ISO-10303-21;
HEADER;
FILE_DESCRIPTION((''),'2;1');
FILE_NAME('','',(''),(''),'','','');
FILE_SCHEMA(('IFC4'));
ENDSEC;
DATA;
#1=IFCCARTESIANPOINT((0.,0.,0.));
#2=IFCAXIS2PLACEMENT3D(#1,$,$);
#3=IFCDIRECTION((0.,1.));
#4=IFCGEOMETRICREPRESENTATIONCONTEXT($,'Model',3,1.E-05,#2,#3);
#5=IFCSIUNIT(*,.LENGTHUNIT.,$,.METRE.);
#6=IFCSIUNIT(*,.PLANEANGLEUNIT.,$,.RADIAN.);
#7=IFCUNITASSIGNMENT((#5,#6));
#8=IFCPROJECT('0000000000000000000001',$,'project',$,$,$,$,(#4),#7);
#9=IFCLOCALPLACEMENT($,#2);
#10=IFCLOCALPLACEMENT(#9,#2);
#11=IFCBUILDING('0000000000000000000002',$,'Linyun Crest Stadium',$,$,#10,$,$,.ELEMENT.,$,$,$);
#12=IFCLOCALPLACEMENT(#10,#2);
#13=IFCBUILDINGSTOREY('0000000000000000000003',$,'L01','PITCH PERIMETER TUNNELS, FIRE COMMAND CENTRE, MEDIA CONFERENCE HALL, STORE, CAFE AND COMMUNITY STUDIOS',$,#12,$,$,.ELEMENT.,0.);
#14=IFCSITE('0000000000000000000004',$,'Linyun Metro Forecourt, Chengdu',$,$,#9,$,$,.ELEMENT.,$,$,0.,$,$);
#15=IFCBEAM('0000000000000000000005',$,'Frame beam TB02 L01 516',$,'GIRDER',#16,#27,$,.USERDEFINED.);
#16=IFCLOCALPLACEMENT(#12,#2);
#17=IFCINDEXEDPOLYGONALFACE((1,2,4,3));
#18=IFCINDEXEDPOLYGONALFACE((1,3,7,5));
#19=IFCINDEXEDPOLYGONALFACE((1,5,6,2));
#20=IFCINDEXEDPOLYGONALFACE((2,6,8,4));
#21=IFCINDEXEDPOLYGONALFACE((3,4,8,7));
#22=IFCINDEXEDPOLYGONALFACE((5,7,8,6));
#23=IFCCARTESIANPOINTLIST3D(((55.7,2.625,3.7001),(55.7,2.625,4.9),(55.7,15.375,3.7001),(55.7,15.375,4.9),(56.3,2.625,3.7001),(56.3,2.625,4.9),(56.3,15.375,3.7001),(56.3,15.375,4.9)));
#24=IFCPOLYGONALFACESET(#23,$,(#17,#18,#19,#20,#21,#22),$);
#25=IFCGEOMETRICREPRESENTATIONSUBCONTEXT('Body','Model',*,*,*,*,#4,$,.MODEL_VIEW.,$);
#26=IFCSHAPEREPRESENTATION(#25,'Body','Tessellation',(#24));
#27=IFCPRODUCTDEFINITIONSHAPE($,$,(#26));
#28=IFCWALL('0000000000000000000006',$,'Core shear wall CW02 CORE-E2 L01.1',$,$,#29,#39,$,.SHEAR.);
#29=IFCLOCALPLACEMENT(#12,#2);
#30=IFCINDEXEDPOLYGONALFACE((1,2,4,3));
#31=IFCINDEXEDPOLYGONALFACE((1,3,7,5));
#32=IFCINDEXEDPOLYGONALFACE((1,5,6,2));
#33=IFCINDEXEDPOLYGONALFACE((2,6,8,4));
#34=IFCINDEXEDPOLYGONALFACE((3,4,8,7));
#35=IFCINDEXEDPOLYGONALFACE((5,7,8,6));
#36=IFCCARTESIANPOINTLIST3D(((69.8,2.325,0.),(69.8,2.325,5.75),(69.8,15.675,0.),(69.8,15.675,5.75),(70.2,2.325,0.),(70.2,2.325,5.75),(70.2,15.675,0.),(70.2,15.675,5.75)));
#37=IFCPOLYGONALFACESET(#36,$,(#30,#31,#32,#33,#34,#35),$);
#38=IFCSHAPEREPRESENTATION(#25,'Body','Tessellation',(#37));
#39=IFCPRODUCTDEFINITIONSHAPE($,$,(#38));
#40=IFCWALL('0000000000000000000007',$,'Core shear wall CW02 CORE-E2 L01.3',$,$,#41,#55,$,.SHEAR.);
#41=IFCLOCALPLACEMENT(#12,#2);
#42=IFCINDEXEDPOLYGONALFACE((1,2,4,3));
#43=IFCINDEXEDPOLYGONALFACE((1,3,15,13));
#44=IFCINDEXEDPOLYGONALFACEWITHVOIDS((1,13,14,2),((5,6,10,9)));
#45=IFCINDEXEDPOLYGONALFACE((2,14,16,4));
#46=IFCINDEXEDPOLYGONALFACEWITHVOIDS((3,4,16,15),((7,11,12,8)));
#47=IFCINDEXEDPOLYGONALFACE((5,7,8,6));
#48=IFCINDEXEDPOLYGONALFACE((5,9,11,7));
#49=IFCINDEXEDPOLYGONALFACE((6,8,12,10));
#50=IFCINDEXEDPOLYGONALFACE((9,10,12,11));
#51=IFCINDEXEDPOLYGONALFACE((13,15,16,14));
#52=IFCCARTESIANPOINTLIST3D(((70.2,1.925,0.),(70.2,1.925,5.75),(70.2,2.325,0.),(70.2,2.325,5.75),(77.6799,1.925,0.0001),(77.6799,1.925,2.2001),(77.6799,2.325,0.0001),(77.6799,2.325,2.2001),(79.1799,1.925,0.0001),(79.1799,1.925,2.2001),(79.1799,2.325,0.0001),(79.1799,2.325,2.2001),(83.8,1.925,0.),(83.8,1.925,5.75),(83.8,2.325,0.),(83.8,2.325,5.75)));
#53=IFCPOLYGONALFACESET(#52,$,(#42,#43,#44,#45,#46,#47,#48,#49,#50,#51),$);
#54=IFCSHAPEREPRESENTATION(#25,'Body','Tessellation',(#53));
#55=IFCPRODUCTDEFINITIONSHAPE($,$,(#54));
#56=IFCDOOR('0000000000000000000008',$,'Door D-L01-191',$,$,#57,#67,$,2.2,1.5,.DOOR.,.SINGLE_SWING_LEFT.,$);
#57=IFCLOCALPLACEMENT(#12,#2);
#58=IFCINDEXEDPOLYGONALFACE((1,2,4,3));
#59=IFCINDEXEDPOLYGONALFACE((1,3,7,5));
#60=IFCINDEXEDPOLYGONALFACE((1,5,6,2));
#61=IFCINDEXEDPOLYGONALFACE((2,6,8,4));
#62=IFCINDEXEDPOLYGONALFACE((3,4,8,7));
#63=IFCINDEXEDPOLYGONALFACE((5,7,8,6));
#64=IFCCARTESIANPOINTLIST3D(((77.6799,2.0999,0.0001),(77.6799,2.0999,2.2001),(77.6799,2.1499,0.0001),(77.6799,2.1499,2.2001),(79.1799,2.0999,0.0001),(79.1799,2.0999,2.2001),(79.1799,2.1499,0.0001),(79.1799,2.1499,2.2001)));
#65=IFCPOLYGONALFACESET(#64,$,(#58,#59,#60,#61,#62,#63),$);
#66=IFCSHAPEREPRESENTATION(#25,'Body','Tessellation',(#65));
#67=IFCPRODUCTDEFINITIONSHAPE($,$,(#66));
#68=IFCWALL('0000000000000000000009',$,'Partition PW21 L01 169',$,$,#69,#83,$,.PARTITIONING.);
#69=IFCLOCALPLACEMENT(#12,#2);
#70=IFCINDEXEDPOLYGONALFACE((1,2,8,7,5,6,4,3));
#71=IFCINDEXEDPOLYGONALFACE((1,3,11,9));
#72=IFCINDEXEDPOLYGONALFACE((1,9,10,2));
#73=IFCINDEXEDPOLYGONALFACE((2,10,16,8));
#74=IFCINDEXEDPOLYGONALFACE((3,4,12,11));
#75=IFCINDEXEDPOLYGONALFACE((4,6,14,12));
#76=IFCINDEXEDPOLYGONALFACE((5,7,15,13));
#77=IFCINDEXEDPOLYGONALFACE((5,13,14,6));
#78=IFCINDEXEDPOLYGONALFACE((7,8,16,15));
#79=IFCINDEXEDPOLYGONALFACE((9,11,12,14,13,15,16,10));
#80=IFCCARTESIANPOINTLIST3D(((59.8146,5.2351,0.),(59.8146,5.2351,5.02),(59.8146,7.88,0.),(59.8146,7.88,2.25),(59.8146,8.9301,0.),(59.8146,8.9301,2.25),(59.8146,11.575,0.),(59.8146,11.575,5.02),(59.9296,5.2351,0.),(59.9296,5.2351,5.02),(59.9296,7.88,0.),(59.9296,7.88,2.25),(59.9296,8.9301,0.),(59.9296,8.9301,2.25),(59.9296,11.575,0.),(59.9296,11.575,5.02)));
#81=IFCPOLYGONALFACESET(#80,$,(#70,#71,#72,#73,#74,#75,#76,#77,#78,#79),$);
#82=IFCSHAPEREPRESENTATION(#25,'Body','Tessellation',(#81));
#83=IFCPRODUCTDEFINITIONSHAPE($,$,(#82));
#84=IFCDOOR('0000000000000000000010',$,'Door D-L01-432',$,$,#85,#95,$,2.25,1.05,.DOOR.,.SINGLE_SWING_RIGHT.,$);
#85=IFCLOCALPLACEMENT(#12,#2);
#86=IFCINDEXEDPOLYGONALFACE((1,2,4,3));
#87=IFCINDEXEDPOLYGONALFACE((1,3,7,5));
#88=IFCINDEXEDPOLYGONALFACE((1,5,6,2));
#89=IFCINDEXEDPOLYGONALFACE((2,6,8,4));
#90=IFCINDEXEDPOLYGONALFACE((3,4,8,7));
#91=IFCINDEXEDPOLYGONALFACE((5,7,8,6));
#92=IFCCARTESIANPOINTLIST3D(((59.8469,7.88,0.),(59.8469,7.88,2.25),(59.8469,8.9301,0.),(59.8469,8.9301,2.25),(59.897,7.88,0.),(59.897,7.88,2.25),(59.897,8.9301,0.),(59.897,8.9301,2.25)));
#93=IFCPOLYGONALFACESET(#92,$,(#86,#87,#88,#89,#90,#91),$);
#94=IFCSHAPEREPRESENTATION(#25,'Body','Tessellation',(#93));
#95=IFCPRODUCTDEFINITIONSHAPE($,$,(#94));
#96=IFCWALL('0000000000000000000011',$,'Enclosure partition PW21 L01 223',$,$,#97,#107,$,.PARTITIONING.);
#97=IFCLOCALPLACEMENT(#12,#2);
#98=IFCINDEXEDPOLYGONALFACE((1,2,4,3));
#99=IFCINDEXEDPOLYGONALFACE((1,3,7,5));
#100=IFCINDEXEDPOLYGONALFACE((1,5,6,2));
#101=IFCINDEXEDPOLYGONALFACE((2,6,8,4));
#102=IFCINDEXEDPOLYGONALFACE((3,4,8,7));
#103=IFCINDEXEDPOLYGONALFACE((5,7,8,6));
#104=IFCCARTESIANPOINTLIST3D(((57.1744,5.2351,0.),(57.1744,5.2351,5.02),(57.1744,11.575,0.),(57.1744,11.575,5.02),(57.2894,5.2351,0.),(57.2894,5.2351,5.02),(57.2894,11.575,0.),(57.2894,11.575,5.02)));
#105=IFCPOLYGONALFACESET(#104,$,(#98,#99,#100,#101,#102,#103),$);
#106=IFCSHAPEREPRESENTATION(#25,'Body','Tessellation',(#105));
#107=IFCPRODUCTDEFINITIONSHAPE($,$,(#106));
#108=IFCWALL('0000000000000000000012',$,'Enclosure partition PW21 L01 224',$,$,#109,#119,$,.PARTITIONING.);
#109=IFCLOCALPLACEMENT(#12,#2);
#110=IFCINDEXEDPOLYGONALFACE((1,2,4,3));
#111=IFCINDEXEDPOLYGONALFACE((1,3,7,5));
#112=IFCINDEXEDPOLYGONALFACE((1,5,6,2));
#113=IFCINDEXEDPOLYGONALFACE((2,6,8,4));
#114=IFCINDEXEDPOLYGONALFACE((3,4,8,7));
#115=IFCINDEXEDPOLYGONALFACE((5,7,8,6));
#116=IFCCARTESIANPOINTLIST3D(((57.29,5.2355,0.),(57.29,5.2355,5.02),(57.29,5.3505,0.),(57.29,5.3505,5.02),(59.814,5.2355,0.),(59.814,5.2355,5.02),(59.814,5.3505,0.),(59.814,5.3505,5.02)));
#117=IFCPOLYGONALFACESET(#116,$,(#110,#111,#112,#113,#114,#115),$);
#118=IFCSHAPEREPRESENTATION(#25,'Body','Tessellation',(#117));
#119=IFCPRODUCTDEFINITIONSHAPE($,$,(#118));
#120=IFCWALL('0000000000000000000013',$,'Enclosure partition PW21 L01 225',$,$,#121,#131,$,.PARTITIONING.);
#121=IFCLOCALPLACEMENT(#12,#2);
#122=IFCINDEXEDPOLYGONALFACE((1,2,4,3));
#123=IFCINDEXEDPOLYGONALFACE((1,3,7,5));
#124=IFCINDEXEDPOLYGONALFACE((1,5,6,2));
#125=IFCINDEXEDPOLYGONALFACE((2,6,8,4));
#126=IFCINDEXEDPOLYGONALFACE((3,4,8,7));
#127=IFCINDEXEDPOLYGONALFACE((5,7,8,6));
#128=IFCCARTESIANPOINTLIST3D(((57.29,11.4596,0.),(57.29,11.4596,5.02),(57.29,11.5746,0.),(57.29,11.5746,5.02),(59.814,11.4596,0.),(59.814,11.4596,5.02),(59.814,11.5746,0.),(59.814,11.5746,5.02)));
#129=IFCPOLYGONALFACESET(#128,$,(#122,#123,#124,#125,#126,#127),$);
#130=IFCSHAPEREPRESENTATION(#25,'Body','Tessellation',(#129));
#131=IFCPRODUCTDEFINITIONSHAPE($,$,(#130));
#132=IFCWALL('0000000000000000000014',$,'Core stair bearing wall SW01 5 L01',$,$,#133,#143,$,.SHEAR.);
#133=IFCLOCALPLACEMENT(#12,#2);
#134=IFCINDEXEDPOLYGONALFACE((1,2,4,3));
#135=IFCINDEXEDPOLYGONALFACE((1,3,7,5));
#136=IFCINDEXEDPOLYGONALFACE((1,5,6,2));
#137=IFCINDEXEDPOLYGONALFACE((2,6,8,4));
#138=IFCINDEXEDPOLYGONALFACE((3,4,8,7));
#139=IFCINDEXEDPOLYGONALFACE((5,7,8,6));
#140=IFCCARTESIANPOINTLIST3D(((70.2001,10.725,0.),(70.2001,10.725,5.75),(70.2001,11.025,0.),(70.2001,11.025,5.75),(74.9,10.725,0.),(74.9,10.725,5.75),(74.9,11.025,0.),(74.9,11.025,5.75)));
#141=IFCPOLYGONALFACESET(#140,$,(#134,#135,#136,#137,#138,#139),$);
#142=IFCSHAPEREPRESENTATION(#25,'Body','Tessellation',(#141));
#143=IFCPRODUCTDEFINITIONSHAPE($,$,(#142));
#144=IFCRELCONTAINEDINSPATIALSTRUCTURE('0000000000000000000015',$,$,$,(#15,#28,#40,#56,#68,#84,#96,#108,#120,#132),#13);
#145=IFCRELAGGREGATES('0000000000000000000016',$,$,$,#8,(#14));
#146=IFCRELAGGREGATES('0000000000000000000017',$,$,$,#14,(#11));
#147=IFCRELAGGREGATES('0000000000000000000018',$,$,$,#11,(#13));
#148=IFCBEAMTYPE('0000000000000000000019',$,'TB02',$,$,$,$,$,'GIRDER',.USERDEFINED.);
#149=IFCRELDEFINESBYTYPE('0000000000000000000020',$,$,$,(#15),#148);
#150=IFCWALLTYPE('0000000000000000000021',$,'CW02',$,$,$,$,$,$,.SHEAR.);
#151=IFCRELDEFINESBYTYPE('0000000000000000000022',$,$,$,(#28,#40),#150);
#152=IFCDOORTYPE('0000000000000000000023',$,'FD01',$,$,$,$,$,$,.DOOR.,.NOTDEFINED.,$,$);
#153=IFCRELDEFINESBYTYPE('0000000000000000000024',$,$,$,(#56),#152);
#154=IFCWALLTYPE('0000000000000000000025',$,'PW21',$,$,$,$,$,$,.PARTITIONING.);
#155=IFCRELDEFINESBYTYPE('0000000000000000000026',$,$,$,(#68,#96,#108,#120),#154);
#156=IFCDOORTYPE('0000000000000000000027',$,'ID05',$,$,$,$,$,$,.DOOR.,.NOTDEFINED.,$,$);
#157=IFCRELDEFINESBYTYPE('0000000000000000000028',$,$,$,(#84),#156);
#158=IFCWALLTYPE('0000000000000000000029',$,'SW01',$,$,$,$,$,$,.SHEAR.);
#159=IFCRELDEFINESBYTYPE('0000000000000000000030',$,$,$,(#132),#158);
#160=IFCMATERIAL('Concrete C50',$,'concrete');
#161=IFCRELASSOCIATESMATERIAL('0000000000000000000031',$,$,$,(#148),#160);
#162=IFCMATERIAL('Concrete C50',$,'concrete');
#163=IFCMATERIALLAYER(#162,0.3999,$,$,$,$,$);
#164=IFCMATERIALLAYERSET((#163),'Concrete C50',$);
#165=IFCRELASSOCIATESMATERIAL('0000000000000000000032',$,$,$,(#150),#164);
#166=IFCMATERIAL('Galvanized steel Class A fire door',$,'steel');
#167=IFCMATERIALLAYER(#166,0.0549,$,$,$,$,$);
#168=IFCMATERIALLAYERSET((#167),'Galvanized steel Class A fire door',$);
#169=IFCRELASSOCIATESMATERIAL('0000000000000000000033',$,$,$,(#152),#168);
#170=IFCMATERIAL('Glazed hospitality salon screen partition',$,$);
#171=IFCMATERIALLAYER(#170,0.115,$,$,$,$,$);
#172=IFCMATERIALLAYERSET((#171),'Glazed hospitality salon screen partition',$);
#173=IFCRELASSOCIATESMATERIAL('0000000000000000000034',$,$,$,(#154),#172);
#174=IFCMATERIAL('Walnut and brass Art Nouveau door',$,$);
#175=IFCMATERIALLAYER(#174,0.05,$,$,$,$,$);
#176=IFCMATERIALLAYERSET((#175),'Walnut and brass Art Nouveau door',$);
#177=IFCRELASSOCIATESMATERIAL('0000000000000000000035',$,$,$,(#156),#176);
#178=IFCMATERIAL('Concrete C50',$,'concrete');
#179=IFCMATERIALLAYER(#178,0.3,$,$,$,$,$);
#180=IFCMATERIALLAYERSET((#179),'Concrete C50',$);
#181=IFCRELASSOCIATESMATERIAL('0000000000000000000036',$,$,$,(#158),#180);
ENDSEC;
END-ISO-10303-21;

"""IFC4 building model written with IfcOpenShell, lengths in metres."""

from ifc_helpers import new_model, si_unit, direction, frame, frame_2d, origin, origin_2d, place, context, subcontext, project, spatial, rectangle, extrude, material, layer, layer_set, material_profile, profile_set, type_object, element, fill, save


model = new_model("IFC4")

# Units and contexts
model_context = context("Model", 3, precision=1e-05, world=origin(), true_north=direction((0.0, 1.0)))
body_context = subcontext(model_context, "Body", "Model", "MODEL_VIEW")
ifc_project = project(units=[si_unit("LENGTHUNIT", "METRE"), si_unit("PLANEANGLEUNIT", "RADIAN")], contexts=[model_context])

# Site, building, storey
site_placement = place(None, origin())
site = spatial("IfcSite", under=ifc_project, at=site_placement, Name="Linyun Metro Forecourt, Chengdu", CompositionType="ELEMENT", RefElevation=0.0)
building_placement = place(site_placement, origin())
building = spatial("IfcBuilding", under=site, at=building_placement, Name="Linyun Crest Stadium", CompositionType="ELEMENT")
storey_placement = place(building_placement, origin())
storey = spatial("IfcBuildingStorey", under=building, at=storey_placement, Name="L01", Description="PITCH PERIMETER TUNNELS, FIRE COMMAND CENTRE, MEDIA CONFERENCE HALL, STORE, CAFE AND COMMUNITY STUDIOS", CompositionType="ELEMENT", Elevation=0.0)

# Beam
ifc_material_1 = material(Name="Concrete C50", Category="concrete")
ifc_material_profile_1 = material_profile(ifc_material_1, rectangle(XDim=0.6001, YDim=1.2, at=origin_2d()), Name="RCB 1200x600")
ifc_profile_set_1 = profile_set([ifc_material_profile_1], Name="Concrete C50")
beam_type_1 = type_object("IfcBeamType", Name="TB02", ElementType="GIRDER", PredefinedType="USERDEFINED", material=ifc_profile_set_1)
beam_1_placement = place(storey_placement, frame((56.0, 2.625, 4.3), z_axis=(0.0, 1.0, 0.0), x_axis=(-1.0, 0.0, 0.0)))
element("IfcBeam", 1, at=beam_1_placement, inside=storey, type_object=beam_type_1, Name="Frame beam TB02 L01 516", ObjectType="GIRDER", PredefinedType="USERDEFINED", context=body_context, shape_type="SweptSolid", body=[
    extrude(rectangle(XDim=0.6001, YDim=1.2, at=origin_2d()), origin(), (0.0, 0.0, 1.0), 12.75),
])

# Wall
ifc_material_2 = material(Name="Concrete C50", Category="concrete")
ifc_layer_1 = layer(ifc_material_2, 0.3999)
ifc_layer_set_1 = layer_set([ifc_layer_1], Name="Concrete C50")
wall_type_1 = type_object("IfcWallType", Name="CW02", PredefinedType="SHEAR", material=ifc_layer_set_1)
wall_1_placement = place(storey_placement, frame((70.0, 2.325, 0.0), z_axis=(0.0, 0.0, 1.0), x_axis=(0.0, 1.0, 0.0)))
element("IfcWall", 2, at=wall_1_placement, inside=storey, type_object=wall_type_1, Name="Core shear wall CW02 CORE-E2 L01.1", PredefinedType="SHEAR", context=body_context, shape_type="SweptSolid", body=[
    extrude(rectangle(XDim=13.3501, YDim=0.3999, at=frame_2d((6.675, 0.0))), origin(), (0.0, 0.0, 1.0), 5.75),
])

# Walls, openings, doors
wall_2_placement = place(storey_placement, frame((70.2, 2.125, 0.0), z_axis=(0.0, 0.0, 1.0), x_axis=(1.0, 0.0, 0.0)))
wall_2 = element("IfcWall", 3, at=wall_2_placement, inside=storey, type_object=wall_type_1, Name="Core shear wall CW02 CORE-E2 L01.3", PredefinedType="SHEAR", context=body_context, shape_type="SweptSolid", body=[
    extrude(rectangle(XDim=13.6001, YDim=0.3999, at=frame_2d((6.8, 0.0))), origin(), (0.0, 0.0, 1.0), 5.75),
])
opening_1_placement = place(wall_2_placement, frame((7.48, 0.0, 0.0)))
opening_1 = element("IfcOpeningElement", 4, at=opening_1_placement, cuts=wall_2, PredefinedType="OPENING", context=body_context, shape_type="SweptSolid", body=[
    extrude(rectangle(XDim=1.5, YDim=2.2, at=frame_2d((0.75, 1.1001))), frame((0.0, 0.21, 0.0), z_axis=(0.0, -1.0, 0.0), x_axis=(1.0, 0.0, 0.0)), (0.0, 0.0, 1.0), 0.4199),
])
ifc_material_3 = material(Name="Galvanized steel Class A fire door", Category="steel")
ifc_layer_2 = layer(ifc_material_3, 0.0549)
ifc_layer_set_2 = layer_set([ifc_layer_2], Name="Galvanized steel Class A fire door")
door_type_1 = type_object("IfcDoorType", Name="FD01", OperationType="NOTDEFINED", PredefinedType="DOOR", material=ifc_layer_set_2)
door_1_placement = place(opening_1_placement, origin())
door_1 = element("IfcDoor", 5, at=door_1_placement, inside=storey, type_object=door_type_1, Name="Door D-L01-191", OperationType="SINGLE_SWING_LEFT", OverallHeight=2.2, OverallWidth=1.5, PredefinedType="DOOR", context=body_context, shape_type="SweptSolid", body=[
    extrude(rectangle(XDim=1.5, YDim=2.2, at=frame_2d((0.75, 1.1001))), frame((0.0, 0.0249, 0.0), z_axis=(0.0, -1.0, 0.0), x_axis=(1.0, 0.0, 0.0)), (0.0, 0.0, 1.0), 0.05),
])
fill(opening_1, door_1)
ifc_material_4 = material(Name="Glazed hospitality salon screen partition")
ifc_layer_3 = layer(ifc_material_4, 0.115)
ifc_layer_set_3 = layer_set([ifc_layer_3], Name="Glazed hospitality salon screen partition")
wall_type_2 = type_object("IfcWallType", Name="PW21", PredefinedType="PARTITIONING", material=ifc_layer_set_3)
wall_3_placement = place(storey_placement, frame((59.8721, 11.575, 0.0), z_axis=(0.0, 0.0, 1.0), x_axis=(0.0, -1.0, 0.0)))
wall_3 = element("IfcWall", 6, at=wall_3_placement, inside=storey, type_object=wall_type_2, Name="Partition PW21 L01 169", PredefinedType="PARTITIONING", context=body_context, shape_type="SweptSolid", body=[
    extrude(rectangle(XDim=6.3398, YDim=0.115, at=frame_2d((3.1699, 0.0))), origin(), (0.0, 0.0, 1.0), 5.02),
])
opening_2_placement = place(wall_3_placement, frame((2.645, 0.0, 0.0)))
opening_2 = element("IfcOpeningElement", 7, at=opening_2_placement, cuts=wall_3, PredefinedType="OPENING", context=body_context, shape_type="SweptSolid", body=[
    extrude(rectangle(XDim=1.05, YDim=2.25, at=frame_2d((0.5249, 1.125))), frame((0.0, 0.0674, 0.0), z_axis=(0.0, -1.0, 0.0), x_axis=(1.0, 0.0, 0.0)), (0.0, 0.0, 1.0), 0.135),
])
ifc_material_5 = material(Name="Walnut and brass Art Nouveau door")
ifc_layer_4 = layer(ifc_material_5, 0.05)
ifc_layer_set_4 = layer_set([ifc_layer_4], Name="Walnut and brass Art Nouveau door")
door_type_2 = type_object("IfcDoorType", Name="ID05", OperationType="NOTDEFINED", PredefinedType="DOOR", material=ifc_layer_set_4)
door_2_placement = place(opening_2_placement, origin())
door_2 = element("IfcDoor", 8, at=door_2_placement, inside=storey, type_object=door_type_2, Name="Door D-L01-432", OperationType="SINGLE_SWING_RIGHT", OverallHeight=2.25, OverallWidth=1.05, PredefinedType="DOOR", context=body_context, shape_type="SweptSolid", body=[
    extrude(rectangle(XDim=1.05, YDim=2.25, at=frame_2d((0.5249, 1.125))), frame((0.0, 0.0249, 0.0), z_axis=(0.0, -1.0, 0.0), x_axis=(1.0, 0.0, 0.0)), (0.0, 0.0, 1.0), 0.05),
])
fill(opening_2, door_2)

# Walls
wall_4_placement = place(storey_placement, frame((57.2319, 5.2351, 0.0), z_axis=(0.0, 0.0, 1.0), x_axis=(0.0, 1.0, 0.0)))
element("IfcWall", 9, at=wall_4_placement, inside=storey, type_object=wall_type_2, Name="Enclosure partition PW21 L01 223", PredefinedType="PARTITIONING", context=body_context, shape_type="SweptSolid", body=[
    extrude(rectangle(XDim=6.3398, YDim=0.115, at=frame_2d((3.1699, 0.0))), origin(), (0.0, 0.0, 1.0), 5.02),
])
for number, where, z_axis, x_axis, name in (
    (10, (57.29, 5.293, 0.0), (0.0, 0.0, 1.0), (1.0, 0.0, 0.0), "Enclosure partition PW21 L01 224"),
    (11, (57.29, 11.5171, 0.0), (0.0, 0.0, 1.0), (1.0, 0.0, 0.0), "Enclosure partition PW21 L01 225"),
):
    element("IfcWall", number, at=place(storey_placement, frame(where, z_axis=z_axis, x_axis=x_axis)), inside=storey, type_object=wall_type_2, Name=name, PredefinedType="PARTITIONING", context=body_context, shape_type="SweptSolid", body=[
        extrude(rectangle(XDim=2.5239, YDim=0.115, at=frame_2d((1.262, 0.0))), origin(), (0.0, 0.0, 1.0), 5.02),
    ])
ifc_material_6 = material(Name="Concrete C50", Category="concrete")
ifc_layer_5 = layer(ifc_material_6, 0.3)
ifc_layer_set_5 = layer_set([ifc_layer_5], Name="Concrete C50")
wall_type_3 = type_object("IfcWallType", Name="SW01", PredefinedType="SHEAR", material=ifc_layer_set_5)
wall_5_placement = place(storey_placement, frame((70.2, 10.875, 0.0), z_axis=(0.0, 0.0, 1.0), x_axis=(1.0, 0.0, 0.0)))
element("IfcWall", 12, at=wall_5_placement, inside=storey, type_object=wall_type_3, Name="Core stair bearing wall SW01 5 L01", PredefinedType="SHEAR", context=body_context, shape_type="SweptSolid", body=[
    extrude(rectangle(XDim=4.7, YDim=0.3, at=frame_2d((2.3501, 0.0))), origin(), (0.0, 0.0, 1.0), 5.75),
])

save(model, "model.ifc")
